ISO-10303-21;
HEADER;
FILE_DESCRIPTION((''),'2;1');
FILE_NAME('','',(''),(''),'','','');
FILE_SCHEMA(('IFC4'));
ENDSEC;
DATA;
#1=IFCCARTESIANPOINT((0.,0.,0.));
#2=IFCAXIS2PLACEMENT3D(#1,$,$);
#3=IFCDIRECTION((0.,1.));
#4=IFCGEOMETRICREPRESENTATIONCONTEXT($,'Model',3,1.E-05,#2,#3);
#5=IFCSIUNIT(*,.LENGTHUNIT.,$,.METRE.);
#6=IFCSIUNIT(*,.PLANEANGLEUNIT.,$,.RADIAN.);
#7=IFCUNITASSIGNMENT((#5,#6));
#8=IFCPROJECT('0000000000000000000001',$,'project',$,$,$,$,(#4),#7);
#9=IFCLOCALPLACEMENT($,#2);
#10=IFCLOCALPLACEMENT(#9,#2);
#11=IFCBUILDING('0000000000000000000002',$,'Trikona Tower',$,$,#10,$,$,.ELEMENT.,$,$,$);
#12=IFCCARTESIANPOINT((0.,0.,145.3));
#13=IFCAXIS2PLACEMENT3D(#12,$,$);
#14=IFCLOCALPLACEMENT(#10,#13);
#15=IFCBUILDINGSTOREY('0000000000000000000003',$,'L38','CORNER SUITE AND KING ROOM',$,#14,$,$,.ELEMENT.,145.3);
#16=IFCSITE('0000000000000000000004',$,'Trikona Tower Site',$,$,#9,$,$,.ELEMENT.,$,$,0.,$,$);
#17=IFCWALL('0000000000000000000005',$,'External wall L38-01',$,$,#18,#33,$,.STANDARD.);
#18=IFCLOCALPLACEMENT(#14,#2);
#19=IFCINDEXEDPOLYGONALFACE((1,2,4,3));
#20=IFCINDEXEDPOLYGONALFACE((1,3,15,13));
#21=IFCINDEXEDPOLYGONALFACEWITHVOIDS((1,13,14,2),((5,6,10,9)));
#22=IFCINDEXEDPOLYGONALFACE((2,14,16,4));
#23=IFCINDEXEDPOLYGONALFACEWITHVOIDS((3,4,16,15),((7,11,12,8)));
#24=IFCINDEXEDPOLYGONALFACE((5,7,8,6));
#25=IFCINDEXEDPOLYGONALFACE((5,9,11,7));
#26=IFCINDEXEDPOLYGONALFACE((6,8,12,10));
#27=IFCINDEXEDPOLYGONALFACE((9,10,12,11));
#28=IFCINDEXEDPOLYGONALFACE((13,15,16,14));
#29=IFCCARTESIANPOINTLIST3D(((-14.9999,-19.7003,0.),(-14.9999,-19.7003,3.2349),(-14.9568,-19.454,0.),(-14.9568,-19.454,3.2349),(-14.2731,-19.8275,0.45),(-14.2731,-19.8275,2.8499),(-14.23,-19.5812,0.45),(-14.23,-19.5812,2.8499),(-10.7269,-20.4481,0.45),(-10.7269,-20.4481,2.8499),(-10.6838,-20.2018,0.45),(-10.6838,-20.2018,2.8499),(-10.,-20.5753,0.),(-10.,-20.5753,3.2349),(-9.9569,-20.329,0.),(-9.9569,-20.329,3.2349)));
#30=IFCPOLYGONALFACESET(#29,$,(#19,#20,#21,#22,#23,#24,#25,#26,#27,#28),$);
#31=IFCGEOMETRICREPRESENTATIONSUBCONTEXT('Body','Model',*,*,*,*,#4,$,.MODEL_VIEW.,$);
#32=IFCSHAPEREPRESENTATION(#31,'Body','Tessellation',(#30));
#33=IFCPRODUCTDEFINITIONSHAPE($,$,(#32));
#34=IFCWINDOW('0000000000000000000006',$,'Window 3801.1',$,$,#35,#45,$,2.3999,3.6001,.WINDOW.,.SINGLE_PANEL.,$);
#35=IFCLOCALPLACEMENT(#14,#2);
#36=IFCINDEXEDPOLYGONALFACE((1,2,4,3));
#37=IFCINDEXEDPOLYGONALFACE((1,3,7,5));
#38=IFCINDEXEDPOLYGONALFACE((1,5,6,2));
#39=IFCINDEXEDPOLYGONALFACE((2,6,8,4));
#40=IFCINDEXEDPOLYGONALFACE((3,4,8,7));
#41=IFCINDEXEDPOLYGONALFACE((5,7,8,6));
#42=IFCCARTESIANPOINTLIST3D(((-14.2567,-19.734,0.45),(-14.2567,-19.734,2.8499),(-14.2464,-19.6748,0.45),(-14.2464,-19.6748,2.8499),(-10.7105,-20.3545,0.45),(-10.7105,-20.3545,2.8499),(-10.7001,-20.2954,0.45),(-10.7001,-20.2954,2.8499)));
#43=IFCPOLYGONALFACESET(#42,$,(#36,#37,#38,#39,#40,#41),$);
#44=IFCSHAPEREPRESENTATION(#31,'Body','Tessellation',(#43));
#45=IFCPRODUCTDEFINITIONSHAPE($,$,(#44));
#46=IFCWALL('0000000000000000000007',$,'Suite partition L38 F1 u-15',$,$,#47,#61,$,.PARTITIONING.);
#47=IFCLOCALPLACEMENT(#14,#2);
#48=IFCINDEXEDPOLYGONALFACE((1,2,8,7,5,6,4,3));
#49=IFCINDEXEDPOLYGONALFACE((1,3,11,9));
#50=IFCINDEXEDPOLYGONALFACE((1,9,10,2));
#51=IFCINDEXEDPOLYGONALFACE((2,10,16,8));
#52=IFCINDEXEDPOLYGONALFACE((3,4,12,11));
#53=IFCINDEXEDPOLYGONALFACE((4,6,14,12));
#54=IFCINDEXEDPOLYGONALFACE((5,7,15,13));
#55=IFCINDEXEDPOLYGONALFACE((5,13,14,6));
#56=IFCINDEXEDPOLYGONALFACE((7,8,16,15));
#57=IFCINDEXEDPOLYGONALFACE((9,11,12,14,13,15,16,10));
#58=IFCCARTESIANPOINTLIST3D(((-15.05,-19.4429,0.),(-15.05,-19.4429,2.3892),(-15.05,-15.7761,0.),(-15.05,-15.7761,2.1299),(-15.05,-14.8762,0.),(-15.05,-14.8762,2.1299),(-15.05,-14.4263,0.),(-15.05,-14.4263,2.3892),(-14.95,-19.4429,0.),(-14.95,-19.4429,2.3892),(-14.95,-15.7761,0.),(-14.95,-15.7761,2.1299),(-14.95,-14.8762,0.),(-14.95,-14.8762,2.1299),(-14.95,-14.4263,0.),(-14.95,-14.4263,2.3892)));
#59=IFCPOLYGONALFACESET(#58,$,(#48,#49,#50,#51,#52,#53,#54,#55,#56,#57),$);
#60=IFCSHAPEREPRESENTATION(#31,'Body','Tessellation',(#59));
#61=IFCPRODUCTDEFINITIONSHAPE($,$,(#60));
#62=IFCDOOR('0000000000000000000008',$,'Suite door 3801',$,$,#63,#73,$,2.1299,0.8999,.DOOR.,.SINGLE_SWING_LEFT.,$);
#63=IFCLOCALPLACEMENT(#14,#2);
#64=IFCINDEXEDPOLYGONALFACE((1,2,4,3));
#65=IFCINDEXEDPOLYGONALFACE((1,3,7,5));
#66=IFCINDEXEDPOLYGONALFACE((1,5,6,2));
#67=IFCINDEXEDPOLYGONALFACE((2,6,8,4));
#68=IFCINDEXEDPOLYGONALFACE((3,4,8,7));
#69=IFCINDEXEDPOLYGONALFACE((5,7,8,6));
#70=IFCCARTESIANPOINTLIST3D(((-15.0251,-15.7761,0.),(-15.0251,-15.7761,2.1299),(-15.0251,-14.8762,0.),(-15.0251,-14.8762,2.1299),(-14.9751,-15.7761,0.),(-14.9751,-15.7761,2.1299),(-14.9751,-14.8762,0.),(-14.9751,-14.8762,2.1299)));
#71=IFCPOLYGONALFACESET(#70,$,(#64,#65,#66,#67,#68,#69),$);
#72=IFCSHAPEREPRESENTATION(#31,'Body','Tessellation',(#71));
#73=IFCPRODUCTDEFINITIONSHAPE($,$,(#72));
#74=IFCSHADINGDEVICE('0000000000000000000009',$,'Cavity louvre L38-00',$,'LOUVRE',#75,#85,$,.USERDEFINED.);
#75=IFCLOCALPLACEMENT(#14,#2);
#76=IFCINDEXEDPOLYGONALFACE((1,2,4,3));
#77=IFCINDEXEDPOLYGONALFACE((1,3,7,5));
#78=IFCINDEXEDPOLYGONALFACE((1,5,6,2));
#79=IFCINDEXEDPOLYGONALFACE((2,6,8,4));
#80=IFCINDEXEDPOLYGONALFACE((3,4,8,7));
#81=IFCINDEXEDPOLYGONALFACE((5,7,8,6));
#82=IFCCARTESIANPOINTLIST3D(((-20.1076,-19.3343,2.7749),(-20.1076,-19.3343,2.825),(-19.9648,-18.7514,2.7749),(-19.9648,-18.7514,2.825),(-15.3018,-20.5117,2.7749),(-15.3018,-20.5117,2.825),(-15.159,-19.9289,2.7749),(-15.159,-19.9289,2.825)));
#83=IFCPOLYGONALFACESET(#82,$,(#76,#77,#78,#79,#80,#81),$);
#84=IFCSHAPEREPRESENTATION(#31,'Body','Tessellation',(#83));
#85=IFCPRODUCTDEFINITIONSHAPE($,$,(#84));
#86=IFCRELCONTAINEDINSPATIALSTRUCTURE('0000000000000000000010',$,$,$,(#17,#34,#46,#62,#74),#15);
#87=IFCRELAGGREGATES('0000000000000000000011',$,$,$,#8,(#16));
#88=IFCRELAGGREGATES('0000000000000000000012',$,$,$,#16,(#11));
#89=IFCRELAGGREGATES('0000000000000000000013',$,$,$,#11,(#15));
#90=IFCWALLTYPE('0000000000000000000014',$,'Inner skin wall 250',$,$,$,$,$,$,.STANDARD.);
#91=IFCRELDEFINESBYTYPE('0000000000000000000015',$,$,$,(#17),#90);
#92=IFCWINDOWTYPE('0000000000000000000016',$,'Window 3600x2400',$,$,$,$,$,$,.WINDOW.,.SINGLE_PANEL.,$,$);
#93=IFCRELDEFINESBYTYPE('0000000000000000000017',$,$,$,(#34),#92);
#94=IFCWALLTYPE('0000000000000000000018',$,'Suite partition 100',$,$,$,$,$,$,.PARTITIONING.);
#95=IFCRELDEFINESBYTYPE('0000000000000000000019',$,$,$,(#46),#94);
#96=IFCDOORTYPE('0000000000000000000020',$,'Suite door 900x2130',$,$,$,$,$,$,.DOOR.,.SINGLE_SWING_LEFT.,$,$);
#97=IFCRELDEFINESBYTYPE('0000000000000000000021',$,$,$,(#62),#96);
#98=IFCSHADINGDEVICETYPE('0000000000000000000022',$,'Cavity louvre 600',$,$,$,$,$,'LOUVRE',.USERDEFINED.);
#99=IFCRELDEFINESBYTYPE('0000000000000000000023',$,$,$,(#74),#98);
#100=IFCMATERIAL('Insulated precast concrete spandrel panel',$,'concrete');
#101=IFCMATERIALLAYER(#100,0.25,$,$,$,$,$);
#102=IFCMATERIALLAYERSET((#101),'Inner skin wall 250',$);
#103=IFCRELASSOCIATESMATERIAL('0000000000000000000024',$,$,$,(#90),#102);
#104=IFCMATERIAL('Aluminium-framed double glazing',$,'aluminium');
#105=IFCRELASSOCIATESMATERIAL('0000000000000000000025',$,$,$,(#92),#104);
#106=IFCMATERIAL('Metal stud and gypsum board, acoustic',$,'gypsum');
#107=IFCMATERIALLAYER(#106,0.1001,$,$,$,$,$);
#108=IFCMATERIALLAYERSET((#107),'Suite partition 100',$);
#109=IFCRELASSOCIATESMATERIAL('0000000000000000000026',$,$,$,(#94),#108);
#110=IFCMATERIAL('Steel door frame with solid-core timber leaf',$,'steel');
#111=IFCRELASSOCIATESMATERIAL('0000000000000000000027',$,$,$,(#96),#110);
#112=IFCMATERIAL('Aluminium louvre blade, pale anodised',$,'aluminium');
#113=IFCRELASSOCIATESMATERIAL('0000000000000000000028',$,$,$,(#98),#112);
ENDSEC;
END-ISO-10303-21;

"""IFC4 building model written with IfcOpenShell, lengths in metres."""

from ifc_helpers import new_model, si_unit, direction, frame, frame_2d, origin, origin_2d, place, context, subcontext, project, spatial, rectangle, extrude, material, layer, layer_set, type_object, element, fill, save


model = new_model("IFC4")

# Units and contexts
model_context = context("Model", 3, precision=1e-05, world=origin(), true_north=direction((0.0, 1.0)))
body_context = subcontext(model_context, "Body", "Model", "MODEL_VIEW")
ifc_project = project(units=[si_unit("LENGTHUNIT", "METRE"), si_unit("PLANEANGLEUNIT", "RADIAN")], contexts=[model_context])

# Site, building, storey
site_placement = place(None, origin())
site = spatial("IfcSite", under=ifc_project, at=site_placement, Name="Trikona Tower Site", CompositionType="ELEMENT", RefElevation=0.0)
building_placement = place(site_placement, origin())
building = spatial("IfcBuilding", under=site, at=building_placement, Name="Trikona Tower", CompositionType="ELEMENT")
storey_placement = place(building_placement, frame((0.0, 0.0, 145.3)))
storey = spatial("IfcBuildingStorey", under=building, at=storey_placement, Name="L38", Description="CORNER SUITE AND KING ROOM", CompositionType="ELEMENT", Elevation=145.3)

# Wall, opening, window
ifc_material_1 = material(Name="Insulated precast concrete spandrel panel", Category="concrete")
ifc_layer_1 = layer(ifc_material_1, 0.25)
ifc_layer_set_1 = layer_set([ifc_layer_1], Name="Inner skin wall 250")
wall_type_1 = type_object("IfcWallType", Name="Inner skin wall 250", PredefinedType="STANDARD", material=ifc_layer_set_1)
ifc_material_2 = material(Name="Aluminium-framed double glazing", Category="aluminium")
window_type = type_object("IfcWindowType", Name="Window 3600x2400", PartitioningType="SINGLE_PANEL", PredefinedType="WINDOW", material=ifc_material_2)
wall_1_placement = place(storey_placement, frame((-14.9785, -19.5771, 0.0), z_axis=(0.0, 0.0, 1.0), x_axis=(0.98503, -0.17238, 0.0)))
wall_1 = element("IfcWall", 1, at=wall_1_placement, inside=storey, type_object=wall_type_1, Name="External wall L38-01", PredefinedType="STANDARD", context=body_context, shape_type="SweptSolid", body=[
    extrude(rectangle(XDim=5.0759, YDim=0.25, at=frame_2d((2.5381, 0.0))), origin(), (0.0, 0.0, 1.0), 3.2349),
])
opening_1_placement = place(wall_1_placement, frame((0.738, 0.0, 0.45)))
opening_1 = element("IfcOpeningElement", 2, at=opening_1_placement, cuts=wall_1, PredefinedType="OPENING", context=body_context, shape_type="SweptSolid", body=[
    extrude(rectangle(XDim=3.6001, YDim=2.3999, at=frame_2d((1.8, 1.2))), frame((0.0, 0.135, 0.0), z_axis=(0.0, -1.0, 0.0), x_axis=(1.0, 0.0, 0.0)), (0.0, 0.0, 1.0), 0.27),
])
window_1_placement = place(opening_1_placement, origin())
window_1 = element("IfcWindow", 3, at=window_1_placement, inside=storey, type_object=window_type, Name="Window 3801.1", OverallHeight=2.3999, OverallWidth=3.6001, PartitioningType="SINGLE_PANEL", PredefinedType="WINDOW", context=body_context, shape_type="SweptSolid", body=[
    extrude(rectangle(XDim=3.6001, YDim=2.3999, at=frame_2d((1.8, 1.2))), frame((0.0, 0.03, 0.0), z_axis=(0.0, -1.0, 0.0), x_axis=(1.0, 0.0, 0.0)), (0.0, 0.0, 1.0), 0.0601),
])
fill(opening_1, window_1)

# Wall, opening, door
ifc_material_3 = material(Name="Metal stud and gypsum board, acoustic", Category="gypsum")
ifc_layer_2 = layer(ifc_material_3, 0.1001)
ifc_layer_set_2 = layer_set([ifc_layer_2], Name="Suite partition 100")
wall_type_2 = type_object("IfcWallType", Name="Suite partition 100", PredefinedType="PARTITIONING", material=ifc_layer_set_2)
wall_2_placement = place(storey_placement, frame((-15.0, -14.4263, 0.0), z_axis=(0.0, 0.0, 1.0), x_axis=(0.0, -1.0, 0.0)))
wall_2 = element("IfcWall", 4, at=wall_2_placement, inside=storey, type_object=wall_type_2, Name="Suite partition L38 F1 u-15", PredefinedType="PARTITIONING", context=body_context, shape_type="SweptSolid", body=[
    extrude(rectangle(XDim=5.0166, YDim=0.1001, at=frame_2d((2.5083, 0.0))), origin(), (0.0, 0.0, 1.0), 2.3892),
])
opening_2_placement = place(wall_2_placement, frame((0.45, 0.0, 0.0)))
opening_2 = element("IfcOpeningElement", 5, at=opening_2_placement, cuts=wall_2, PredefinedType="OPENING", context=body_context, shape_type="SweptSolid", body=[
    extrude(rectangle(XDim=0.8999, YDim=2.1299, at=frame_2d((0.45, 1.0649))), frame((0.0, 0.0601, 0.0), z_axis=(0.0, -1.0, 0.0), x_axis=(1.0, 0.0, 0.0)), (0.0, 0.0, 1.0), 0.1201),
])
ifc_material_4 = material(Name="Steel door frame with solid-core timber leaf", Category="steel")
door_type = type_object("IfcDoorType", Name="Suite door 900x2130", OperationType="SINGLE_SWING_LEFT", PredefinedType="DOOR", material=ifc_material_4)
door_placement = place(opening_2_placement, origin())
door = element("IfcDoor", 6, at=door_placement, inside=storey, type_object=door_type, Name="Suite door 3801", OperationType="SINGLE_SWING_LEFT", OverallHeight=2.1299, OverallWidth=0.8999, PredefinedType="DOOR", context=body_context, shape_type="SweptSolid", body=[
    extrude(rectangle(XDim=0.8999, YDim=2.1299, at=frame_2d((0.45, 1.0649))), frame((0.0, 0.0249, 0.0), z_axis=(0.0, -1.0, 0.0), x_axis=(1.0, 0.0, 0.0)), (0.0, 0.0, 1.0), 0.05),
])
fill(opening_2, door)

# Shading device
ifc_material_5 = material(Name="Aluminium louvre blade, pale anodised", Category="aluminium")
shading_device_type = type_object("IfcShadingDeviceType", Name="Cavity louvre 600", ElementType="LOUVRE", PredefinedType="USERDEFINED", material=ifc_material_5)
shading_device_placement = place(storey_placement, frame((-17.6333, -19.6316, 2.7749), z_axis=(0.0, 0.0, 1.0), x_axis=(0.971274, -0.237962, 0.0)))
element("IfcShadingDevice", 7, at=shading_device_placement, inside=storey, type_object=shading_device_type, Name="Cavity louvre L38-00", ObjectType="LOUVRE", PredefinedType="USERDEFINED", context=body_context, shape_type="SweptSolid", body=[
    extrude(rectangle(XDim=4.948, YDim=0.6001, at=origin_2d()), origin(), (0.0, 0.0, 1.0), 0.05),
])

save(model, "model.ifc")
